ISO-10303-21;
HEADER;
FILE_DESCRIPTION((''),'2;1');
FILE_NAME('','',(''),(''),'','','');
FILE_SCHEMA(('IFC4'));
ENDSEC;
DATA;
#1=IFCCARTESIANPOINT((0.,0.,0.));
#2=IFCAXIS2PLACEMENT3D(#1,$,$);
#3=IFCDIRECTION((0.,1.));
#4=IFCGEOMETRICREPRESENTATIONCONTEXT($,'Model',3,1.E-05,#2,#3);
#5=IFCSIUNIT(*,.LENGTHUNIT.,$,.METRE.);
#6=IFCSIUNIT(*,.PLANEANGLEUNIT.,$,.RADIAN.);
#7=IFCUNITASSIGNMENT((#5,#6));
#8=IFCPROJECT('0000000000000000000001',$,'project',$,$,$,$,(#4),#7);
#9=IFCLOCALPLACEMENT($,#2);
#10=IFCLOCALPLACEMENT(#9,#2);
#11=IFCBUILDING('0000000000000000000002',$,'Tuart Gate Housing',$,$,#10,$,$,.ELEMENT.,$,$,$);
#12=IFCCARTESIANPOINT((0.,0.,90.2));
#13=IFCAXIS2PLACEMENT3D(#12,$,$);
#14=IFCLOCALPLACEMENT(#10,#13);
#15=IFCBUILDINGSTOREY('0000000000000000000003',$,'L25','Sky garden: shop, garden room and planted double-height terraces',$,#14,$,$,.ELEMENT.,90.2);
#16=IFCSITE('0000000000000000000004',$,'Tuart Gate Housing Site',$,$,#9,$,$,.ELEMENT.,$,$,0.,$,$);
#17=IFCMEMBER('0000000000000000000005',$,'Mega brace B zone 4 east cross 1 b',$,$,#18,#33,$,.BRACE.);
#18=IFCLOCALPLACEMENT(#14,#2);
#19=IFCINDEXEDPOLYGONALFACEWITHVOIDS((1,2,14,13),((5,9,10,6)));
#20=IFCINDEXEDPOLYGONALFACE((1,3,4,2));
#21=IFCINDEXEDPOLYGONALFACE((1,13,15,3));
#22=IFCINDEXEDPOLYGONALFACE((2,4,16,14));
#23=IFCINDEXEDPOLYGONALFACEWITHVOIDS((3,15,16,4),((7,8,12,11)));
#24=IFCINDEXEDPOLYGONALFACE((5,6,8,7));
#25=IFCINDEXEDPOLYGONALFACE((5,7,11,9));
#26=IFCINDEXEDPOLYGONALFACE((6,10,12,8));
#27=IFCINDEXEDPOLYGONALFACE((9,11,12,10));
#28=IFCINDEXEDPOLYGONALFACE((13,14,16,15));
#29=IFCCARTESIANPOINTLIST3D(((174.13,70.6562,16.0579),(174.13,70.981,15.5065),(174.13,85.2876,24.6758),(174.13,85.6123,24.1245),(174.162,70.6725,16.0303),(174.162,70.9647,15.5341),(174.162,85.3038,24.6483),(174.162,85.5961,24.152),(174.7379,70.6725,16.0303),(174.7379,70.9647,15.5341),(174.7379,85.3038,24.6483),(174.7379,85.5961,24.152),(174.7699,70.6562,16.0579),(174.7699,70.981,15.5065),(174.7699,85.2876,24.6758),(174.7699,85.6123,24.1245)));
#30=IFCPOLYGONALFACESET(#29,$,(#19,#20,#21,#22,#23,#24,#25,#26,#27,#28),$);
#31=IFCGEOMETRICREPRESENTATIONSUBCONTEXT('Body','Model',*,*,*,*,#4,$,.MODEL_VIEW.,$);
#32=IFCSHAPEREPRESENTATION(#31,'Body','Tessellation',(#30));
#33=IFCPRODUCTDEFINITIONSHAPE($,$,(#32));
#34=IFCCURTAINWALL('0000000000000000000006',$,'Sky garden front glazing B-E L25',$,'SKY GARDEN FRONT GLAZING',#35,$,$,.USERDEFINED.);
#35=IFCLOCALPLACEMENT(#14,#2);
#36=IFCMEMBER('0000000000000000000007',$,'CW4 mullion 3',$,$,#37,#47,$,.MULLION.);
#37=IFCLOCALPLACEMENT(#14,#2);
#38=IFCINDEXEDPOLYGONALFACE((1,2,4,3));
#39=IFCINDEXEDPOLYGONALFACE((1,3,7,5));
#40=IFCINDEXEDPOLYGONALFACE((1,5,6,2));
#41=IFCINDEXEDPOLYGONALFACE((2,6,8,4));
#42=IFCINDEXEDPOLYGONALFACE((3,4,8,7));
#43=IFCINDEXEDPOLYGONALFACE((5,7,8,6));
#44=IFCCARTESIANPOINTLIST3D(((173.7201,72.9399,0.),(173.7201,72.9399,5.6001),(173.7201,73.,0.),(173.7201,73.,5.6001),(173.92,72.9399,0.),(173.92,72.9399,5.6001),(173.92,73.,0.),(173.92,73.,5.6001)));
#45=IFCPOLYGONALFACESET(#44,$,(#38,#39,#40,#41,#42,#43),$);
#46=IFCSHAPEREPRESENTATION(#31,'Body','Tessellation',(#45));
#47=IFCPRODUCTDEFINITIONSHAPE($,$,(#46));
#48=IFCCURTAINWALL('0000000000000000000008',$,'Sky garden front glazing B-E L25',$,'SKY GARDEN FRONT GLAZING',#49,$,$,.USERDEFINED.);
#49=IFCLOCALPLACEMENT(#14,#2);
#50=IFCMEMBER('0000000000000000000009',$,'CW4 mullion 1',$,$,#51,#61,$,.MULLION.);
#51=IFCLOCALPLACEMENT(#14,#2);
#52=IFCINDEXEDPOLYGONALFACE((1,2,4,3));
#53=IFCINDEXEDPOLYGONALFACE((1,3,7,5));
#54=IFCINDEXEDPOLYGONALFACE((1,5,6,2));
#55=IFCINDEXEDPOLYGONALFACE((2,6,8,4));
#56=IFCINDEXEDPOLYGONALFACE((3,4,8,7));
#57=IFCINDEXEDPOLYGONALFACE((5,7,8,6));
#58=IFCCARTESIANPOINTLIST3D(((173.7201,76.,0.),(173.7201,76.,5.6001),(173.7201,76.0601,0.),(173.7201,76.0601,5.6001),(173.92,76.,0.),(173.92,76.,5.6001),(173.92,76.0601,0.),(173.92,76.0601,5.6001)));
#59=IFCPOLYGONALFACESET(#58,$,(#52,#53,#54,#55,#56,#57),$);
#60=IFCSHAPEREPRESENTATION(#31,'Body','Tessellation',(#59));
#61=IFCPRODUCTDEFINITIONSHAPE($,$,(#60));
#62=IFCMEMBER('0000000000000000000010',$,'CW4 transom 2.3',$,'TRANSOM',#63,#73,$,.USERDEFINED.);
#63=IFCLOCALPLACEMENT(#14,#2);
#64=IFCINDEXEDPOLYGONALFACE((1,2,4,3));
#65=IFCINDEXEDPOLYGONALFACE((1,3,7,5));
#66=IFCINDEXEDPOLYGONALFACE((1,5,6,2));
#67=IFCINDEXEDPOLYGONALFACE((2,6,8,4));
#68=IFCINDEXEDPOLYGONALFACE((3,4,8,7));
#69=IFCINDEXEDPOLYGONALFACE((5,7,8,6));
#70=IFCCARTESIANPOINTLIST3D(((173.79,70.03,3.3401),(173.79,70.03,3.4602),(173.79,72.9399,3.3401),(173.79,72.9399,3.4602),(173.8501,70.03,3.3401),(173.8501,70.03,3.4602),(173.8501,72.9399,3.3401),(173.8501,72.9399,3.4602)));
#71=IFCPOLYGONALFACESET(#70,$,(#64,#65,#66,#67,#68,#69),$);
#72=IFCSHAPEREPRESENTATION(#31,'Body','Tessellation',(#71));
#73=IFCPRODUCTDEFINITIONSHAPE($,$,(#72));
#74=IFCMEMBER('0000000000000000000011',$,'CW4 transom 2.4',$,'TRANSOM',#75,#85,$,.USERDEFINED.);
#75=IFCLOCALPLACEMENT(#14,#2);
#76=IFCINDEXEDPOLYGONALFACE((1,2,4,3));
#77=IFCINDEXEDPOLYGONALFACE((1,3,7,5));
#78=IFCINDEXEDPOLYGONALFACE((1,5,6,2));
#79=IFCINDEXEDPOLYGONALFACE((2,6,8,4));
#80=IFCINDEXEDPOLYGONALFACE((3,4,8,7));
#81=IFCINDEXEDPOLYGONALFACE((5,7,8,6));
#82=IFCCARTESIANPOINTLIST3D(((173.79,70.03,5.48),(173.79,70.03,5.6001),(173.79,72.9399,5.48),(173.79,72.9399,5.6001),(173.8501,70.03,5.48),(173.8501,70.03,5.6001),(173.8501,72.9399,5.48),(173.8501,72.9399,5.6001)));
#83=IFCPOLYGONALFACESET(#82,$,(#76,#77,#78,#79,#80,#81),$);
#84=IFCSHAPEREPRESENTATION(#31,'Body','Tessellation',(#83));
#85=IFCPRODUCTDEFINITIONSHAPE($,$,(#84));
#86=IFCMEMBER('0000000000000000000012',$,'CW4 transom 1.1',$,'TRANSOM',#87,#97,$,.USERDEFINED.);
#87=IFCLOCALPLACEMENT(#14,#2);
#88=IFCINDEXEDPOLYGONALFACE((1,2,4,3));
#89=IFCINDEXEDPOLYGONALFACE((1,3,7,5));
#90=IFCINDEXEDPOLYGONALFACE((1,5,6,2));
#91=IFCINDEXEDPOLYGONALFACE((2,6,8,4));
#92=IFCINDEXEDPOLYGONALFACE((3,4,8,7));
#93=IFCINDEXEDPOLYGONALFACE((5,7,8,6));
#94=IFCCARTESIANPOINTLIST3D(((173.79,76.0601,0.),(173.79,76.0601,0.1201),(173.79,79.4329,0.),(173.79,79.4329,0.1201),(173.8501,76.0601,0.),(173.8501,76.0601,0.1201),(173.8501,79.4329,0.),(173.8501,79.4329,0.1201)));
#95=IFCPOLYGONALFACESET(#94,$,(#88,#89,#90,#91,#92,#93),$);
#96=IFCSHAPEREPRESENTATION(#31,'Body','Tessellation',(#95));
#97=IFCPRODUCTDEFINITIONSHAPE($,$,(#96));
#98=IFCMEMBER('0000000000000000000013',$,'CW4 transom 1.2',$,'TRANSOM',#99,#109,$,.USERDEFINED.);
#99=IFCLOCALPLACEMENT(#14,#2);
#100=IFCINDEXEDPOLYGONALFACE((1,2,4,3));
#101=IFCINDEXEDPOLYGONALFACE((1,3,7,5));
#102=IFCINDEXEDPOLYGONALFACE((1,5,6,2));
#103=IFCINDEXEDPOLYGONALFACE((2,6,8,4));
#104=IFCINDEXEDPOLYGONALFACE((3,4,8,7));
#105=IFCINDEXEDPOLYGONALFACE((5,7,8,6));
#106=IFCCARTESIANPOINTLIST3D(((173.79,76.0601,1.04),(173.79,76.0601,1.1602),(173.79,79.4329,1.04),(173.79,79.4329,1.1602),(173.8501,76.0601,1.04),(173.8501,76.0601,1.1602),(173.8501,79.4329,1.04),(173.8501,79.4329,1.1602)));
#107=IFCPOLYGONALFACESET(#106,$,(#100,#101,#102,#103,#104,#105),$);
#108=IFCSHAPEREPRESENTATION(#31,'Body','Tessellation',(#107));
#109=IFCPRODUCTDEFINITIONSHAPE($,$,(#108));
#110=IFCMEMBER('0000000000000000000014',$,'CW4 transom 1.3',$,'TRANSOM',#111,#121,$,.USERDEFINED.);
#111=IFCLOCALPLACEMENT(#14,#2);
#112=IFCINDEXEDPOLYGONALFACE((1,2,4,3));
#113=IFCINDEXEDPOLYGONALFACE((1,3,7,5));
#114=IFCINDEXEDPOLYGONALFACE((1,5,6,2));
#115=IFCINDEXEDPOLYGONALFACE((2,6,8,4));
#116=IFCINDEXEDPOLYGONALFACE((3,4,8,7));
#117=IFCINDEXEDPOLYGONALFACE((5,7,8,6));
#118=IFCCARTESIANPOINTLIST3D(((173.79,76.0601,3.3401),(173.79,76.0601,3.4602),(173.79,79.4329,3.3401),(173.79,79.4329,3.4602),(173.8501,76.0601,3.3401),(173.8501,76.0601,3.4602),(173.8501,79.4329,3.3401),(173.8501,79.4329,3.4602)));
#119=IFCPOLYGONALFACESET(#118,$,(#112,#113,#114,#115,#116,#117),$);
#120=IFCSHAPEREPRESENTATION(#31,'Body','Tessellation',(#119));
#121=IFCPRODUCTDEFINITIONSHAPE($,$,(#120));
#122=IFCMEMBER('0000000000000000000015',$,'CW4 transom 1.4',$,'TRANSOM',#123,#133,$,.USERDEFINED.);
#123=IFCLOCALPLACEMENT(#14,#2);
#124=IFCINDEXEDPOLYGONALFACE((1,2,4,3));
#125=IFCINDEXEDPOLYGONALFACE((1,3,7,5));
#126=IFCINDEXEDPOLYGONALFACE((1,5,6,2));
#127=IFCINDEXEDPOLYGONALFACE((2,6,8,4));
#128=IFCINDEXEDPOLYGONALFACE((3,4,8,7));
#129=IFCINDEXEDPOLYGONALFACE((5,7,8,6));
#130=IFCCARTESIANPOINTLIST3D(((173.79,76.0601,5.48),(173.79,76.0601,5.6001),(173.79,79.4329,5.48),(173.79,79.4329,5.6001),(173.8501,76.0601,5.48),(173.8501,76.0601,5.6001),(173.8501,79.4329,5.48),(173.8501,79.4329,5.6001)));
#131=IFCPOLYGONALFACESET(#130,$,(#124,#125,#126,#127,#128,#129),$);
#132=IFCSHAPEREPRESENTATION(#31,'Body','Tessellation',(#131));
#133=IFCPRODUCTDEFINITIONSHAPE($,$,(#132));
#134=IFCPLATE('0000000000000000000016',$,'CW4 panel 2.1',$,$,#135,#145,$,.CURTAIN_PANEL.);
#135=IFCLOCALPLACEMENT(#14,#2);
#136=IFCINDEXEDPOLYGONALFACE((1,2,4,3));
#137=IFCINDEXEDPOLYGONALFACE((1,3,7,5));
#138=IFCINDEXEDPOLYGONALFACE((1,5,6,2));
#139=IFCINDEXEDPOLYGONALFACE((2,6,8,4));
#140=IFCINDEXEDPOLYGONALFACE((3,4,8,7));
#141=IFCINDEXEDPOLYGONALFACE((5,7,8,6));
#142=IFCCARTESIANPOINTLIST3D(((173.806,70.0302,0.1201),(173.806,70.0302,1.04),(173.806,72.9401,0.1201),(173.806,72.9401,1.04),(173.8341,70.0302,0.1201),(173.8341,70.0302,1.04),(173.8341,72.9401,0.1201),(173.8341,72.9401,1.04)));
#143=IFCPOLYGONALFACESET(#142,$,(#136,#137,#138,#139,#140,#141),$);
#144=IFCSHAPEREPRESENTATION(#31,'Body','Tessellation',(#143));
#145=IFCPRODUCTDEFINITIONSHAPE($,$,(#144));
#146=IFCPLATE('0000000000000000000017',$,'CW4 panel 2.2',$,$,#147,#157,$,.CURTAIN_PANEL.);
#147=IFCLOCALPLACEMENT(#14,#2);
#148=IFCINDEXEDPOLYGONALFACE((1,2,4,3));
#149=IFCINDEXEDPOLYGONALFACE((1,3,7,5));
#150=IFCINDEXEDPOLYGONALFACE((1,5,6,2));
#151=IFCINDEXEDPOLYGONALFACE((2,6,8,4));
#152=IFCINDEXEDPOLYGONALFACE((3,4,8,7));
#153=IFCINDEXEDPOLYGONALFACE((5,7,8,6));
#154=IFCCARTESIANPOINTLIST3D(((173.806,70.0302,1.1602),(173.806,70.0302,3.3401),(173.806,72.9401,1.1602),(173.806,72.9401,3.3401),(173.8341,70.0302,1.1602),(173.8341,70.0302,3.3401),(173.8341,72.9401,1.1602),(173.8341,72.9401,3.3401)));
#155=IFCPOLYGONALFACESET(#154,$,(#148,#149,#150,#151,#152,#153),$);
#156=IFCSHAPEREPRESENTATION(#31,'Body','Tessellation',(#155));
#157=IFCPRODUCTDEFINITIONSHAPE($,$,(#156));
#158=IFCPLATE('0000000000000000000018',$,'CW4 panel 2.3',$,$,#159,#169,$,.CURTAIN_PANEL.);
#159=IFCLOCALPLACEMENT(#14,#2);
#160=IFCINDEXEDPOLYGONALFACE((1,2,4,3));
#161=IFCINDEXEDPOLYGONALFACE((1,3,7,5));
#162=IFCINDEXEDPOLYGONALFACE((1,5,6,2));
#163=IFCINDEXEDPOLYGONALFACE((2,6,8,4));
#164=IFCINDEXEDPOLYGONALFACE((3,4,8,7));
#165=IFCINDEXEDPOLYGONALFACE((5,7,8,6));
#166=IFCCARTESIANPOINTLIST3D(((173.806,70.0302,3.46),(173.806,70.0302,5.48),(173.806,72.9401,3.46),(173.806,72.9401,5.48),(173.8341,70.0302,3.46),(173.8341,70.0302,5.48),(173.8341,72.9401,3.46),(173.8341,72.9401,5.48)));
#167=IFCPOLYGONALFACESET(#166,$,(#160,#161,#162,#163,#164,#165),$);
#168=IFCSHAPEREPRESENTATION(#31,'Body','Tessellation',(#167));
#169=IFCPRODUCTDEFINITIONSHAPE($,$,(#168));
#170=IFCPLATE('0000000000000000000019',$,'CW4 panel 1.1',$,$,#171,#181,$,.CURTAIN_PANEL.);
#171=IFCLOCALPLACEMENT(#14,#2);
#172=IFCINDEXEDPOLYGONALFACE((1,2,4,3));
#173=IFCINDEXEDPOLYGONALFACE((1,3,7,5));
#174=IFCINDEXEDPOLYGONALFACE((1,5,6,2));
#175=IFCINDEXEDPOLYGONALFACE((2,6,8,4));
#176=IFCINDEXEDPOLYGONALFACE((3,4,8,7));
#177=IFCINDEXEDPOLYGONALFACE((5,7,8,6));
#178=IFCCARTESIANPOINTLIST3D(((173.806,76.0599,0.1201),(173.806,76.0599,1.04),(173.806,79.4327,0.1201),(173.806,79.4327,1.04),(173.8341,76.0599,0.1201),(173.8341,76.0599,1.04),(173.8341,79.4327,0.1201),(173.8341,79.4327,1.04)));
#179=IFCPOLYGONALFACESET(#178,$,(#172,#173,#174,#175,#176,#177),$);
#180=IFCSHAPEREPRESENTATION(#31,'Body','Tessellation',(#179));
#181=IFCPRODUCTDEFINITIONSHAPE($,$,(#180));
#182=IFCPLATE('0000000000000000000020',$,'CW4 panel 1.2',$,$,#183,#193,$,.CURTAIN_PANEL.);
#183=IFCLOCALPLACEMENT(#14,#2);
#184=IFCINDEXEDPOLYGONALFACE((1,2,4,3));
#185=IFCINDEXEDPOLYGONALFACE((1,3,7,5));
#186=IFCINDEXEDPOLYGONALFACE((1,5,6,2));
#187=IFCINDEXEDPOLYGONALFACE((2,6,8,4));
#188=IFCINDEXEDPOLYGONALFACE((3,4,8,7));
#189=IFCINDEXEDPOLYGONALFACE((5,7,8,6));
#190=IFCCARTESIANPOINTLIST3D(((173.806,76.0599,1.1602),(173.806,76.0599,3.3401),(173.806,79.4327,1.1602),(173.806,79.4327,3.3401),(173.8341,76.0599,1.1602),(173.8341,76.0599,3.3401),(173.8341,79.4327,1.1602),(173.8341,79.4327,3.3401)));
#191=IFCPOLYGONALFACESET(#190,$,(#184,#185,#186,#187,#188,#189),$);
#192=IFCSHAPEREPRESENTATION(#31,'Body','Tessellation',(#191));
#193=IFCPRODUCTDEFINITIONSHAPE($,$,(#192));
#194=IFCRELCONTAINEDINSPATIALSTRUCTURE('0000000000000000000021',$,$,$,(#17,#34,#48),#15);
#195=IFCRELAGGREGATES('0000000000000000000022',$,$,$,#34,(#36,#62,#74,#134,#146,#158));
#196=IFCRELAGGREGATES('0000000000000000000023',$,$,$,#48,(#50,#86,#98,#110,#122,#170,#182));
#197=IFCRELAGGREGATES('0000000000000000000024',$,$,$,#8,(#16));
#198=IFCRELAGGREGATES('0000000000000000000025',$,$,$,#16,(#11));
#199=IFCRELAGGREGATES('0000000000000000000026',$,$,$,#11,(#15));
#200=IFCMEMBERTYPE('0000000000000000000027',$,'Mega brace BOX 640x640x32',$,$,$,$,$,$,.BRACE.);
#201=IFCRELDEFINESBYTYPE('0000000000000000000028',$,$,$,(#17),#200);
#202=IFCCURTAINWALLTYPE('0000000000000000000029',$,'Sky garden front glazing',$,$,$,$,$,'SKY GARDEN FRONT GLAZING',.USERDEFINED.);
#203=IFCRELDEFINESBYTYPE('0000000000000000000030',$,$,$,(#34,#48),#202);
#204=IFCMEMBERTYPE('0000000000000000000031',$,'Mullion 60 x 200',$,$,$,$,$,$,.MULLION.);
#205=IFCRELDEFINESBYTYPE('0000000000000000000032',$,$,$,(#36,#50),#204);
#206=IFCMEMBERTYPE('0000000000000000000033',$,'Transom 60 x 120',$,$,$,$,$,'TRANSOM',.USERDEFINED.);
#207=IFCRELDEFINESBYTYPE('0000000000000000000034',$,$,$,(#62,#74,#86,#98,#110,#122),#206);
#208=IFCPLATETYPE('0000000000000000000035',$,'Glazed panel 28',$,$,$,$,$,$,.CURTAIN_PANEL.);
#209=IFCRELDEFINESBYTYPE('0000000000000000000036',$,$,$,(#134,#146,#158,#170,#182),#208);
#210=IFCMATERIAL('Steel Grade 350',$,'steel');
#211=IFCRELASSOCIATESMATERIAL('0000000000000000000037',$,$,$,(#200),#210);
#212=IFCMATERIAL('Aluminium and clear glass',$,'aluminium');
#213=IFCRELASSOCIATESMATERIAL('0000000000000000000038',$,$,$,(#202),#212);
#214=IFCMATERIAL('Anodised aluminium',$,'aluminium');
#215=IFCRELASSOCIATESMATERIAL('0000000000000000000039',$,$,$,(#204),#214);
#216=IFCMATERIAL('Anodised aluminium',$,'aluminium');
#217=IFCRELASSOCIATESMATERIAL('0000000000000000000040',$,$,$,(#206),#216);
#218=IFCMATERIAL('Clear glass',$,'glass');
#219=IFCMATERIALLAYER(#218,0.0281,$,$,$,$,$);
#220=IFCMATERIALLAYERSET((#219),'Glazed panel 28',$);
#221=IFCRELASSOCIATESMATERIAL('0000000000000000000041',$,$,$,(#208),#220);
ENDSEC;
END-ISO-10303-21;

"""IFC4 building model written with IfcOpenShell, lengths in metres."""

from ifc_helpers import new_model, si_unit, direction, frame, origin, origin_2d, place, context, subcontext, project, spatial, rectangle, hollow_rectangle, extrude, material, layer, layer_set, material_profile, profile_set, type_object, element, aggregate, save


model = new_model("IFC4")

# Units and contexts
model_context = context("Model", 3, precision=1e-05, world=origin(), true_north=direction((0.0, 1.0)))
body_context = subcontext(model_context, "Body", "Model", "MODEL_VIEW")
ifc_project = project(units=[si_unit("LENGTHUNIT", "METRE"), si_unit("PLANEANGLEUNIT", "RADIAN")], contexts=[model_context])

# Site, building, storey
site_placement = place(None, origin())
site = spatial("IfcSite", under=ifc_project, at=site_placement, Name="Tuart Gate Housing Site", CompositionType="ELEMENT", RefElevation=0.0)
building_placement = place(site_placement, origin())
building = spatial("IfcBuilding", under=site, at=building_placement, Name="Tuart Gate Housing", CompositionType="ELEMENT")
storey_placement = place(building_placement, frame((0.0, 0.0, 90.2)))
storey = spatial("IfcBuildingStorey", under=building, at=storey_placement, Name="L25", Description="Sky garden: shop, garden room and planted double-height terraces", CompositionType="ELEMENT", Elevation=90.2)

# Member
ifc_material_1 = material(Name="Steel Grade 350", Category="steel")
ifc_material_profile_1 = material_profile(ifc_material_1, hollow_rectangle(XDim=0.6399, YDim=0.6399, WallThickness=0.032, at=origin_2d()), Name="BOX 640x640x32")
ifc_profile_set_1 = profile_set([ifc_material_profile_1], Name="Steel Grade 350")
member_type_1 = type_object("IfcMemberType", Name="Mega brace BOX 640x640x32", PredefinedType="BRACE", material=ifc_profile_set_1)
member_1_placement = place(storey_placement, frame((174.45, 70.8186, 15.7822), z_axis=(0.0, 0.861645, 0.507512), x_axis=(-1.0, 0.0, 0.0)))
element("IfcMember", 1, at=member_1_placement, inside=storey, type_object=member_type_1, Name="Mega brace B zone 4 east cross 1 b", PredefinedType="BRACE", context=body_context, shape_type="SweptSolid", body=[
    extrude(hollow_rectangle(XDim=0.6399, YDim=0.6399, WallThickness=0.032, at=origin_2d()), origin(), (0.0, 0.0, 1.0), 16.9807),
])

# Curtain walls, members
ifc_material_2 = material(Name="Aluminium and clear glass", Category="aluminium")
curtain_wall_type = type_object("IfcCurtainWallType", Name="Sky garden front glazing", ElementType="SKY GARDEN FRONT GLAZING", PredefinedType="USERDEFINED", material=ifc_material_2)
curtain_wall_1_placement = place(storey_placement, origin())
curtain_wall_1 = element("IfcCurtainWall", 2, at=curtain_wall_1_placement, inside=storey, type_object=curtain_wall_type, Name="Sky garden front glazing B-E L25", ObjectType="SKY GARDEN FRONT GLAZING", PredefinedType="USERDEFINED")
ifc_material_3 = material(Name="Anodised aluminium", Category="aluminium")
ifc_material_profile_2 = material_profile(ifc_material_3, rectangle(XDim=0.0601, YDim=0.2, at=origin_2d()), Name="60x200")
ifc_profile_set_2 = profile_set([ifc_material_profile_2], Name="Anodised aluminium")
member_type_2 = type_object("IfcMemberType", Name="Mullion 60 x 200", PredefinedType="MULLION", material=ifc_profile_set_2)
member_2_placement = place(storey_placement, frame((173.8201, 72.97, 0.0), z_axis=(0.0, 0.0, 1.0), x_axis=(0.0, 1.0, 0.0)))
member_2 = element("IfcMember", 3, at=member_2_placement, type_object=member_type_2, Name="CW4 mullion 3", PredefinedType="MULLION", context=body_context, shape_type="SweptSolid", body=[
    extrude(rectangle(XDim=0.0601, YDim=0.2, at=origin_2d()), origin(), (0.0, 0.0, 1.0), 5.6001),
])
curtain_wall_2_placement = place(storey_placement, origin())
curtain_wall_2 = element("IfcCurtainWall", 4, at=curtain_wall_2_placement, inside=storey, type_object=curtain_wall_type, Name="Sky garden front glazing B-E L25", ObjectType="SKY GARDEN FRONT GLAZING", PredefinedType="USERDEFINED")
member_3_placement = place(storey_placement, frame((173.8201, 76.03, 0.0), z_axis=(0.0, 0.0, 1.0), x_axis=(0.0, 1.0, 0.0)))
member_3 = element("IfcMember", 5, at=member_3_placement, type_object=member_type_2, Name="CW4 mullion 1", PredefinedType="MULLION", context=body_context, shape_type="SweptSolid", body=[
    extrude(rectangle(XDim=0.0601, YDim=0.2, at=origin_2d()), origin(), (0.0, 0.0, 1.0), 5.6001),
])

# Members
ifc_material_4 = material(Name="Anodised aluminium", Category="aluminium")
ifc_material_profile_3 = material_profile(ifc_material_4, rectangle(XDim=0.0601, YDim=0.1201, at=origin_2d()), Name="60x120")
ifc_profile_set_3 = profile_set([ifc_material_profile_3], Name="Anodised aluminium")
member_type_3 = type_object("IfcMemberType", Name="Transom 60 x 120", ElementType="TRANSOM", PredefinedType="USERDEFINED", material=ifc_profile_set_3)
member_4_placement = place(storey_placement, frame((173.8201, 70.03, 3.4001), z_axis=(0.0, 1.0, 0.0), x_axis=(-1.0, 0.0, 0.0)))
member_4 = element("IfcMember", 6, at=member_4_placement, type_object=member_type_3, Name="CW4 transom 2.3", ObjectType="TRANSOM", PredefinedType="USERDEFINED", context=body_context, shape_type="SweptSolid", body=[
    extrude(rectangle(XDim=0.0601, YDim=0.1201, at=origin_2d()), origin(), (0.0, 0.0, 1.0), 2.9099),
])
member_5_placement = place(storey_placement, frame((173.8201, 70.03, 5.54), z_axis=(0.0, 1.0, 0.0), x_axis=(-1.0, 0.0, 0.0)))
member_5 = element("IfcMember", 7, at=member_5_placement, type_object=member_type_3, Name="CW4 transom 2.4", ObjectType="TRANSOM", PredefinedType="USERDEFINED", context=body_context, shape_type="SweptSolid", body=[
    extrude(rectangle(XDim=0.0601, YDim=0.1201, at=origin_2d()), origin(), (0.0, 0.0, 1.0), 2.9099),
])
member_6_placement = place(storey_placement, frame((173.8201, 76.0601, 0.0601), z_axis=(0.0, 1.0, 0.0), x_axis=(-1.0, 0.0, 0.0)))
member_6 = element("IfcMember", 8, at=member_6_placement, type_object=member_type_3, Name="CW4 transom 1.1", ObjectType="TRANSOM", PredefinedType="USERDEFINED", context=body_context, shape_type="SweptSolid", body=[
    extrude(rectangle(XDim=0.0601, YDim=0.1201, at=origin_2d()), origin(), (0.0, 0.0, 1.0), 3.3728),
])
member_7_placement = place(storey_placement, frame((173.8201, 76.0601, 1.1001), z_axis=(0.0, 1.0, 0.0), x_axis=(-1.0, 0.0, 0.0)))
member_7 = element("IfcMember", 9, at=member_7_placement, type_object=member_type_3, Name="CW4 transom 1.2", ObjectType="TRANSOM", PredefinedType="USERDEFINED", context=body_context, shape_type="SweptSolid", body=[
    extrude(rectangle(XDim=0.0601, YDim=0.1201, at=origin_2d()), origin(), (0.0, 0.0, 1.0), 3.3728),
])
member_8_placement = place(storey_placement, frame((173.8201, 76.0601, 3.4001), z_axis=(0.0, 1.0, 0.0), x_axis=(-1.0, 0.0, 0.0)))
member_8 = element("IfcMember", 10, at=member_8_placement, type_object=member_type_3, Name="CW4 transom 1.3", ObjectType="TRANSOM", PredefinedType="USERDEFINED", context=body_context, shape_type="SweptSolid", body=[
    extrude(rectangle(XDim=0.0601, YDim=0.1201, at=origin_2d()), origin(), (0.0, 0.0, 1.0), 3.3728),
])
member_9_placement = place(storey_placement, frame((173.8201, 76.0601, 5.54), z_axis=(0.0, 1.0, 0.0), x_axis=(-1.0, 0.0, 0.0)))
member_9 = element("IfcMember", 11, at=member_9_placement, type_object=member_type_3, Name="CW4 transom 1.4", ObjectType="TRANSOM", PredefinedType="USERDEFINED", context=body_context, shape_type="SweptSolid", body=[
    extrude(rectangle(XDim=0.0601, YDim=0.1201, at=origin_2d()), origin(), (0.0, 0.0, 1.0), 3.3728),
])

# Plates
ifc_material_5 = material(Name="Clear glass", Category="glass")
ifc_layer_1 = layer(ifc_material_5, 0.0281)
ifc_layer_set_1 = layer_set([ifc_layer_1], Name="Glazed panel 28")
plate_type = type_object("IfcPlateType", Name="Glazed panel 28", PredefinedType="CURTAIN_PANEL", material=ifc_layer_set_1)
plate_1_placement = place(storey_placement, frame((173.8201, 71.4851, 0.1201), z_axis=(0.0, 0.0, 1.0), x_axis=(0.0, 1.0, 0.0)))
plate_1 = element("IfcPlate", 12, at=plate_1_placement, type_object=plate_type, Name="CW4 panel 2.1", PredefinedType="CURTAIN_PANEL", context=body_context, shape_type="SweptSolid", body=[
    extrude(rectangle(XDim=2.9099, YDim=0.0281, at=origin_2d()), origin(), (0.0, 0.0, 1.0), 0.9199),
])
plate_2_placement = place(storey_placement, frame((173.8201, 71.4851, 1.1602), z_axis=(0.0, 0.0, 1.0), x_axis=(0.0, 1.0, 0.0)))
plate_2 = element("IfcPlate", 13, at=plate_2_placement, type_object=plate_type, Name="CW4 panel 2.2", PredefinedType="CURTAIN_PANEL", context=body_context, shape_type="SweptSolid", body=[
    extrude(rectangle(XDim=2.9099, YDim=0.0281, at=origin_2d()), origin(), (0.0, 0.0, 1.0), 2.1799),
])
plate_3_placement = place(storey_placement, frame((173.8201, 71.4851, 3.46), z_axis=(0.0, 0.0, 1.0), x_axis=(0.0, 1.0, 0.0)))
plate_3 = element("IfcPlate", 14, at=plate_3_placement, type_object=plate_type, Name="CW4 panel 2.3", PredefinedType="CURTAIN_PANEL", context=body_context, shape_type="SweptSolid", body=[
    extrude(rectangle(XDim=2.9099, YDim=0.0281, at=origin_2d()), origin(), (0.0, 0.0, 1.0), 2.02),
])
aggregate(curtain_wall_1, [member_2, member_4, member_5, plate_1, plate_2, plate_3])
plate_4_placement = place(storey_placement, frame((173.8201, 77.7463, 0.1201), z_axis=(0.0, 0.0, 1.0), x_axis=(0.0, 1.0, 0.0)))
plate_4 = element("IfcPlate", 15, at=plate_4_placement, type_object=plate_type, Name="CW4 panel 1.1", PredefinedType="CURTAIN_PANEL", context=body_context, shape_type="SweptSolid", body=[
    extrude(rectangle(XDim=3.3728, YDim=0.0281, at=origin_2d()), origin(), (0.0, 0.0, 1.0), 0.9199),
])
plate_5_placement = place(storey_placement, frame((173.8201, 77.7463, 1.1602), z_axis=(0.0, 0.0, 1.0), x_axis=(0.0, 1.0, 0.0)))
plate_5 = element("IfcPlate", 16, at=plate_5_placement, type_object=plate_type, Name="CW4 panel 1.2", PredefinedType="CURTAIN_PANEL", context=body_context, shape_type="SweptSolid", body=[
    extrude(rectangle(XDim=3.3728, YDim=0.0281, at=origin_2d()), origin(), (0.0, 0.0, 1.0), 2.1799),
])
aggregate(curtain_wall_2, [member_3, member_6, member_7, member_8, member_9, plate_4, plate_5])

save(model, "model.ifc")
